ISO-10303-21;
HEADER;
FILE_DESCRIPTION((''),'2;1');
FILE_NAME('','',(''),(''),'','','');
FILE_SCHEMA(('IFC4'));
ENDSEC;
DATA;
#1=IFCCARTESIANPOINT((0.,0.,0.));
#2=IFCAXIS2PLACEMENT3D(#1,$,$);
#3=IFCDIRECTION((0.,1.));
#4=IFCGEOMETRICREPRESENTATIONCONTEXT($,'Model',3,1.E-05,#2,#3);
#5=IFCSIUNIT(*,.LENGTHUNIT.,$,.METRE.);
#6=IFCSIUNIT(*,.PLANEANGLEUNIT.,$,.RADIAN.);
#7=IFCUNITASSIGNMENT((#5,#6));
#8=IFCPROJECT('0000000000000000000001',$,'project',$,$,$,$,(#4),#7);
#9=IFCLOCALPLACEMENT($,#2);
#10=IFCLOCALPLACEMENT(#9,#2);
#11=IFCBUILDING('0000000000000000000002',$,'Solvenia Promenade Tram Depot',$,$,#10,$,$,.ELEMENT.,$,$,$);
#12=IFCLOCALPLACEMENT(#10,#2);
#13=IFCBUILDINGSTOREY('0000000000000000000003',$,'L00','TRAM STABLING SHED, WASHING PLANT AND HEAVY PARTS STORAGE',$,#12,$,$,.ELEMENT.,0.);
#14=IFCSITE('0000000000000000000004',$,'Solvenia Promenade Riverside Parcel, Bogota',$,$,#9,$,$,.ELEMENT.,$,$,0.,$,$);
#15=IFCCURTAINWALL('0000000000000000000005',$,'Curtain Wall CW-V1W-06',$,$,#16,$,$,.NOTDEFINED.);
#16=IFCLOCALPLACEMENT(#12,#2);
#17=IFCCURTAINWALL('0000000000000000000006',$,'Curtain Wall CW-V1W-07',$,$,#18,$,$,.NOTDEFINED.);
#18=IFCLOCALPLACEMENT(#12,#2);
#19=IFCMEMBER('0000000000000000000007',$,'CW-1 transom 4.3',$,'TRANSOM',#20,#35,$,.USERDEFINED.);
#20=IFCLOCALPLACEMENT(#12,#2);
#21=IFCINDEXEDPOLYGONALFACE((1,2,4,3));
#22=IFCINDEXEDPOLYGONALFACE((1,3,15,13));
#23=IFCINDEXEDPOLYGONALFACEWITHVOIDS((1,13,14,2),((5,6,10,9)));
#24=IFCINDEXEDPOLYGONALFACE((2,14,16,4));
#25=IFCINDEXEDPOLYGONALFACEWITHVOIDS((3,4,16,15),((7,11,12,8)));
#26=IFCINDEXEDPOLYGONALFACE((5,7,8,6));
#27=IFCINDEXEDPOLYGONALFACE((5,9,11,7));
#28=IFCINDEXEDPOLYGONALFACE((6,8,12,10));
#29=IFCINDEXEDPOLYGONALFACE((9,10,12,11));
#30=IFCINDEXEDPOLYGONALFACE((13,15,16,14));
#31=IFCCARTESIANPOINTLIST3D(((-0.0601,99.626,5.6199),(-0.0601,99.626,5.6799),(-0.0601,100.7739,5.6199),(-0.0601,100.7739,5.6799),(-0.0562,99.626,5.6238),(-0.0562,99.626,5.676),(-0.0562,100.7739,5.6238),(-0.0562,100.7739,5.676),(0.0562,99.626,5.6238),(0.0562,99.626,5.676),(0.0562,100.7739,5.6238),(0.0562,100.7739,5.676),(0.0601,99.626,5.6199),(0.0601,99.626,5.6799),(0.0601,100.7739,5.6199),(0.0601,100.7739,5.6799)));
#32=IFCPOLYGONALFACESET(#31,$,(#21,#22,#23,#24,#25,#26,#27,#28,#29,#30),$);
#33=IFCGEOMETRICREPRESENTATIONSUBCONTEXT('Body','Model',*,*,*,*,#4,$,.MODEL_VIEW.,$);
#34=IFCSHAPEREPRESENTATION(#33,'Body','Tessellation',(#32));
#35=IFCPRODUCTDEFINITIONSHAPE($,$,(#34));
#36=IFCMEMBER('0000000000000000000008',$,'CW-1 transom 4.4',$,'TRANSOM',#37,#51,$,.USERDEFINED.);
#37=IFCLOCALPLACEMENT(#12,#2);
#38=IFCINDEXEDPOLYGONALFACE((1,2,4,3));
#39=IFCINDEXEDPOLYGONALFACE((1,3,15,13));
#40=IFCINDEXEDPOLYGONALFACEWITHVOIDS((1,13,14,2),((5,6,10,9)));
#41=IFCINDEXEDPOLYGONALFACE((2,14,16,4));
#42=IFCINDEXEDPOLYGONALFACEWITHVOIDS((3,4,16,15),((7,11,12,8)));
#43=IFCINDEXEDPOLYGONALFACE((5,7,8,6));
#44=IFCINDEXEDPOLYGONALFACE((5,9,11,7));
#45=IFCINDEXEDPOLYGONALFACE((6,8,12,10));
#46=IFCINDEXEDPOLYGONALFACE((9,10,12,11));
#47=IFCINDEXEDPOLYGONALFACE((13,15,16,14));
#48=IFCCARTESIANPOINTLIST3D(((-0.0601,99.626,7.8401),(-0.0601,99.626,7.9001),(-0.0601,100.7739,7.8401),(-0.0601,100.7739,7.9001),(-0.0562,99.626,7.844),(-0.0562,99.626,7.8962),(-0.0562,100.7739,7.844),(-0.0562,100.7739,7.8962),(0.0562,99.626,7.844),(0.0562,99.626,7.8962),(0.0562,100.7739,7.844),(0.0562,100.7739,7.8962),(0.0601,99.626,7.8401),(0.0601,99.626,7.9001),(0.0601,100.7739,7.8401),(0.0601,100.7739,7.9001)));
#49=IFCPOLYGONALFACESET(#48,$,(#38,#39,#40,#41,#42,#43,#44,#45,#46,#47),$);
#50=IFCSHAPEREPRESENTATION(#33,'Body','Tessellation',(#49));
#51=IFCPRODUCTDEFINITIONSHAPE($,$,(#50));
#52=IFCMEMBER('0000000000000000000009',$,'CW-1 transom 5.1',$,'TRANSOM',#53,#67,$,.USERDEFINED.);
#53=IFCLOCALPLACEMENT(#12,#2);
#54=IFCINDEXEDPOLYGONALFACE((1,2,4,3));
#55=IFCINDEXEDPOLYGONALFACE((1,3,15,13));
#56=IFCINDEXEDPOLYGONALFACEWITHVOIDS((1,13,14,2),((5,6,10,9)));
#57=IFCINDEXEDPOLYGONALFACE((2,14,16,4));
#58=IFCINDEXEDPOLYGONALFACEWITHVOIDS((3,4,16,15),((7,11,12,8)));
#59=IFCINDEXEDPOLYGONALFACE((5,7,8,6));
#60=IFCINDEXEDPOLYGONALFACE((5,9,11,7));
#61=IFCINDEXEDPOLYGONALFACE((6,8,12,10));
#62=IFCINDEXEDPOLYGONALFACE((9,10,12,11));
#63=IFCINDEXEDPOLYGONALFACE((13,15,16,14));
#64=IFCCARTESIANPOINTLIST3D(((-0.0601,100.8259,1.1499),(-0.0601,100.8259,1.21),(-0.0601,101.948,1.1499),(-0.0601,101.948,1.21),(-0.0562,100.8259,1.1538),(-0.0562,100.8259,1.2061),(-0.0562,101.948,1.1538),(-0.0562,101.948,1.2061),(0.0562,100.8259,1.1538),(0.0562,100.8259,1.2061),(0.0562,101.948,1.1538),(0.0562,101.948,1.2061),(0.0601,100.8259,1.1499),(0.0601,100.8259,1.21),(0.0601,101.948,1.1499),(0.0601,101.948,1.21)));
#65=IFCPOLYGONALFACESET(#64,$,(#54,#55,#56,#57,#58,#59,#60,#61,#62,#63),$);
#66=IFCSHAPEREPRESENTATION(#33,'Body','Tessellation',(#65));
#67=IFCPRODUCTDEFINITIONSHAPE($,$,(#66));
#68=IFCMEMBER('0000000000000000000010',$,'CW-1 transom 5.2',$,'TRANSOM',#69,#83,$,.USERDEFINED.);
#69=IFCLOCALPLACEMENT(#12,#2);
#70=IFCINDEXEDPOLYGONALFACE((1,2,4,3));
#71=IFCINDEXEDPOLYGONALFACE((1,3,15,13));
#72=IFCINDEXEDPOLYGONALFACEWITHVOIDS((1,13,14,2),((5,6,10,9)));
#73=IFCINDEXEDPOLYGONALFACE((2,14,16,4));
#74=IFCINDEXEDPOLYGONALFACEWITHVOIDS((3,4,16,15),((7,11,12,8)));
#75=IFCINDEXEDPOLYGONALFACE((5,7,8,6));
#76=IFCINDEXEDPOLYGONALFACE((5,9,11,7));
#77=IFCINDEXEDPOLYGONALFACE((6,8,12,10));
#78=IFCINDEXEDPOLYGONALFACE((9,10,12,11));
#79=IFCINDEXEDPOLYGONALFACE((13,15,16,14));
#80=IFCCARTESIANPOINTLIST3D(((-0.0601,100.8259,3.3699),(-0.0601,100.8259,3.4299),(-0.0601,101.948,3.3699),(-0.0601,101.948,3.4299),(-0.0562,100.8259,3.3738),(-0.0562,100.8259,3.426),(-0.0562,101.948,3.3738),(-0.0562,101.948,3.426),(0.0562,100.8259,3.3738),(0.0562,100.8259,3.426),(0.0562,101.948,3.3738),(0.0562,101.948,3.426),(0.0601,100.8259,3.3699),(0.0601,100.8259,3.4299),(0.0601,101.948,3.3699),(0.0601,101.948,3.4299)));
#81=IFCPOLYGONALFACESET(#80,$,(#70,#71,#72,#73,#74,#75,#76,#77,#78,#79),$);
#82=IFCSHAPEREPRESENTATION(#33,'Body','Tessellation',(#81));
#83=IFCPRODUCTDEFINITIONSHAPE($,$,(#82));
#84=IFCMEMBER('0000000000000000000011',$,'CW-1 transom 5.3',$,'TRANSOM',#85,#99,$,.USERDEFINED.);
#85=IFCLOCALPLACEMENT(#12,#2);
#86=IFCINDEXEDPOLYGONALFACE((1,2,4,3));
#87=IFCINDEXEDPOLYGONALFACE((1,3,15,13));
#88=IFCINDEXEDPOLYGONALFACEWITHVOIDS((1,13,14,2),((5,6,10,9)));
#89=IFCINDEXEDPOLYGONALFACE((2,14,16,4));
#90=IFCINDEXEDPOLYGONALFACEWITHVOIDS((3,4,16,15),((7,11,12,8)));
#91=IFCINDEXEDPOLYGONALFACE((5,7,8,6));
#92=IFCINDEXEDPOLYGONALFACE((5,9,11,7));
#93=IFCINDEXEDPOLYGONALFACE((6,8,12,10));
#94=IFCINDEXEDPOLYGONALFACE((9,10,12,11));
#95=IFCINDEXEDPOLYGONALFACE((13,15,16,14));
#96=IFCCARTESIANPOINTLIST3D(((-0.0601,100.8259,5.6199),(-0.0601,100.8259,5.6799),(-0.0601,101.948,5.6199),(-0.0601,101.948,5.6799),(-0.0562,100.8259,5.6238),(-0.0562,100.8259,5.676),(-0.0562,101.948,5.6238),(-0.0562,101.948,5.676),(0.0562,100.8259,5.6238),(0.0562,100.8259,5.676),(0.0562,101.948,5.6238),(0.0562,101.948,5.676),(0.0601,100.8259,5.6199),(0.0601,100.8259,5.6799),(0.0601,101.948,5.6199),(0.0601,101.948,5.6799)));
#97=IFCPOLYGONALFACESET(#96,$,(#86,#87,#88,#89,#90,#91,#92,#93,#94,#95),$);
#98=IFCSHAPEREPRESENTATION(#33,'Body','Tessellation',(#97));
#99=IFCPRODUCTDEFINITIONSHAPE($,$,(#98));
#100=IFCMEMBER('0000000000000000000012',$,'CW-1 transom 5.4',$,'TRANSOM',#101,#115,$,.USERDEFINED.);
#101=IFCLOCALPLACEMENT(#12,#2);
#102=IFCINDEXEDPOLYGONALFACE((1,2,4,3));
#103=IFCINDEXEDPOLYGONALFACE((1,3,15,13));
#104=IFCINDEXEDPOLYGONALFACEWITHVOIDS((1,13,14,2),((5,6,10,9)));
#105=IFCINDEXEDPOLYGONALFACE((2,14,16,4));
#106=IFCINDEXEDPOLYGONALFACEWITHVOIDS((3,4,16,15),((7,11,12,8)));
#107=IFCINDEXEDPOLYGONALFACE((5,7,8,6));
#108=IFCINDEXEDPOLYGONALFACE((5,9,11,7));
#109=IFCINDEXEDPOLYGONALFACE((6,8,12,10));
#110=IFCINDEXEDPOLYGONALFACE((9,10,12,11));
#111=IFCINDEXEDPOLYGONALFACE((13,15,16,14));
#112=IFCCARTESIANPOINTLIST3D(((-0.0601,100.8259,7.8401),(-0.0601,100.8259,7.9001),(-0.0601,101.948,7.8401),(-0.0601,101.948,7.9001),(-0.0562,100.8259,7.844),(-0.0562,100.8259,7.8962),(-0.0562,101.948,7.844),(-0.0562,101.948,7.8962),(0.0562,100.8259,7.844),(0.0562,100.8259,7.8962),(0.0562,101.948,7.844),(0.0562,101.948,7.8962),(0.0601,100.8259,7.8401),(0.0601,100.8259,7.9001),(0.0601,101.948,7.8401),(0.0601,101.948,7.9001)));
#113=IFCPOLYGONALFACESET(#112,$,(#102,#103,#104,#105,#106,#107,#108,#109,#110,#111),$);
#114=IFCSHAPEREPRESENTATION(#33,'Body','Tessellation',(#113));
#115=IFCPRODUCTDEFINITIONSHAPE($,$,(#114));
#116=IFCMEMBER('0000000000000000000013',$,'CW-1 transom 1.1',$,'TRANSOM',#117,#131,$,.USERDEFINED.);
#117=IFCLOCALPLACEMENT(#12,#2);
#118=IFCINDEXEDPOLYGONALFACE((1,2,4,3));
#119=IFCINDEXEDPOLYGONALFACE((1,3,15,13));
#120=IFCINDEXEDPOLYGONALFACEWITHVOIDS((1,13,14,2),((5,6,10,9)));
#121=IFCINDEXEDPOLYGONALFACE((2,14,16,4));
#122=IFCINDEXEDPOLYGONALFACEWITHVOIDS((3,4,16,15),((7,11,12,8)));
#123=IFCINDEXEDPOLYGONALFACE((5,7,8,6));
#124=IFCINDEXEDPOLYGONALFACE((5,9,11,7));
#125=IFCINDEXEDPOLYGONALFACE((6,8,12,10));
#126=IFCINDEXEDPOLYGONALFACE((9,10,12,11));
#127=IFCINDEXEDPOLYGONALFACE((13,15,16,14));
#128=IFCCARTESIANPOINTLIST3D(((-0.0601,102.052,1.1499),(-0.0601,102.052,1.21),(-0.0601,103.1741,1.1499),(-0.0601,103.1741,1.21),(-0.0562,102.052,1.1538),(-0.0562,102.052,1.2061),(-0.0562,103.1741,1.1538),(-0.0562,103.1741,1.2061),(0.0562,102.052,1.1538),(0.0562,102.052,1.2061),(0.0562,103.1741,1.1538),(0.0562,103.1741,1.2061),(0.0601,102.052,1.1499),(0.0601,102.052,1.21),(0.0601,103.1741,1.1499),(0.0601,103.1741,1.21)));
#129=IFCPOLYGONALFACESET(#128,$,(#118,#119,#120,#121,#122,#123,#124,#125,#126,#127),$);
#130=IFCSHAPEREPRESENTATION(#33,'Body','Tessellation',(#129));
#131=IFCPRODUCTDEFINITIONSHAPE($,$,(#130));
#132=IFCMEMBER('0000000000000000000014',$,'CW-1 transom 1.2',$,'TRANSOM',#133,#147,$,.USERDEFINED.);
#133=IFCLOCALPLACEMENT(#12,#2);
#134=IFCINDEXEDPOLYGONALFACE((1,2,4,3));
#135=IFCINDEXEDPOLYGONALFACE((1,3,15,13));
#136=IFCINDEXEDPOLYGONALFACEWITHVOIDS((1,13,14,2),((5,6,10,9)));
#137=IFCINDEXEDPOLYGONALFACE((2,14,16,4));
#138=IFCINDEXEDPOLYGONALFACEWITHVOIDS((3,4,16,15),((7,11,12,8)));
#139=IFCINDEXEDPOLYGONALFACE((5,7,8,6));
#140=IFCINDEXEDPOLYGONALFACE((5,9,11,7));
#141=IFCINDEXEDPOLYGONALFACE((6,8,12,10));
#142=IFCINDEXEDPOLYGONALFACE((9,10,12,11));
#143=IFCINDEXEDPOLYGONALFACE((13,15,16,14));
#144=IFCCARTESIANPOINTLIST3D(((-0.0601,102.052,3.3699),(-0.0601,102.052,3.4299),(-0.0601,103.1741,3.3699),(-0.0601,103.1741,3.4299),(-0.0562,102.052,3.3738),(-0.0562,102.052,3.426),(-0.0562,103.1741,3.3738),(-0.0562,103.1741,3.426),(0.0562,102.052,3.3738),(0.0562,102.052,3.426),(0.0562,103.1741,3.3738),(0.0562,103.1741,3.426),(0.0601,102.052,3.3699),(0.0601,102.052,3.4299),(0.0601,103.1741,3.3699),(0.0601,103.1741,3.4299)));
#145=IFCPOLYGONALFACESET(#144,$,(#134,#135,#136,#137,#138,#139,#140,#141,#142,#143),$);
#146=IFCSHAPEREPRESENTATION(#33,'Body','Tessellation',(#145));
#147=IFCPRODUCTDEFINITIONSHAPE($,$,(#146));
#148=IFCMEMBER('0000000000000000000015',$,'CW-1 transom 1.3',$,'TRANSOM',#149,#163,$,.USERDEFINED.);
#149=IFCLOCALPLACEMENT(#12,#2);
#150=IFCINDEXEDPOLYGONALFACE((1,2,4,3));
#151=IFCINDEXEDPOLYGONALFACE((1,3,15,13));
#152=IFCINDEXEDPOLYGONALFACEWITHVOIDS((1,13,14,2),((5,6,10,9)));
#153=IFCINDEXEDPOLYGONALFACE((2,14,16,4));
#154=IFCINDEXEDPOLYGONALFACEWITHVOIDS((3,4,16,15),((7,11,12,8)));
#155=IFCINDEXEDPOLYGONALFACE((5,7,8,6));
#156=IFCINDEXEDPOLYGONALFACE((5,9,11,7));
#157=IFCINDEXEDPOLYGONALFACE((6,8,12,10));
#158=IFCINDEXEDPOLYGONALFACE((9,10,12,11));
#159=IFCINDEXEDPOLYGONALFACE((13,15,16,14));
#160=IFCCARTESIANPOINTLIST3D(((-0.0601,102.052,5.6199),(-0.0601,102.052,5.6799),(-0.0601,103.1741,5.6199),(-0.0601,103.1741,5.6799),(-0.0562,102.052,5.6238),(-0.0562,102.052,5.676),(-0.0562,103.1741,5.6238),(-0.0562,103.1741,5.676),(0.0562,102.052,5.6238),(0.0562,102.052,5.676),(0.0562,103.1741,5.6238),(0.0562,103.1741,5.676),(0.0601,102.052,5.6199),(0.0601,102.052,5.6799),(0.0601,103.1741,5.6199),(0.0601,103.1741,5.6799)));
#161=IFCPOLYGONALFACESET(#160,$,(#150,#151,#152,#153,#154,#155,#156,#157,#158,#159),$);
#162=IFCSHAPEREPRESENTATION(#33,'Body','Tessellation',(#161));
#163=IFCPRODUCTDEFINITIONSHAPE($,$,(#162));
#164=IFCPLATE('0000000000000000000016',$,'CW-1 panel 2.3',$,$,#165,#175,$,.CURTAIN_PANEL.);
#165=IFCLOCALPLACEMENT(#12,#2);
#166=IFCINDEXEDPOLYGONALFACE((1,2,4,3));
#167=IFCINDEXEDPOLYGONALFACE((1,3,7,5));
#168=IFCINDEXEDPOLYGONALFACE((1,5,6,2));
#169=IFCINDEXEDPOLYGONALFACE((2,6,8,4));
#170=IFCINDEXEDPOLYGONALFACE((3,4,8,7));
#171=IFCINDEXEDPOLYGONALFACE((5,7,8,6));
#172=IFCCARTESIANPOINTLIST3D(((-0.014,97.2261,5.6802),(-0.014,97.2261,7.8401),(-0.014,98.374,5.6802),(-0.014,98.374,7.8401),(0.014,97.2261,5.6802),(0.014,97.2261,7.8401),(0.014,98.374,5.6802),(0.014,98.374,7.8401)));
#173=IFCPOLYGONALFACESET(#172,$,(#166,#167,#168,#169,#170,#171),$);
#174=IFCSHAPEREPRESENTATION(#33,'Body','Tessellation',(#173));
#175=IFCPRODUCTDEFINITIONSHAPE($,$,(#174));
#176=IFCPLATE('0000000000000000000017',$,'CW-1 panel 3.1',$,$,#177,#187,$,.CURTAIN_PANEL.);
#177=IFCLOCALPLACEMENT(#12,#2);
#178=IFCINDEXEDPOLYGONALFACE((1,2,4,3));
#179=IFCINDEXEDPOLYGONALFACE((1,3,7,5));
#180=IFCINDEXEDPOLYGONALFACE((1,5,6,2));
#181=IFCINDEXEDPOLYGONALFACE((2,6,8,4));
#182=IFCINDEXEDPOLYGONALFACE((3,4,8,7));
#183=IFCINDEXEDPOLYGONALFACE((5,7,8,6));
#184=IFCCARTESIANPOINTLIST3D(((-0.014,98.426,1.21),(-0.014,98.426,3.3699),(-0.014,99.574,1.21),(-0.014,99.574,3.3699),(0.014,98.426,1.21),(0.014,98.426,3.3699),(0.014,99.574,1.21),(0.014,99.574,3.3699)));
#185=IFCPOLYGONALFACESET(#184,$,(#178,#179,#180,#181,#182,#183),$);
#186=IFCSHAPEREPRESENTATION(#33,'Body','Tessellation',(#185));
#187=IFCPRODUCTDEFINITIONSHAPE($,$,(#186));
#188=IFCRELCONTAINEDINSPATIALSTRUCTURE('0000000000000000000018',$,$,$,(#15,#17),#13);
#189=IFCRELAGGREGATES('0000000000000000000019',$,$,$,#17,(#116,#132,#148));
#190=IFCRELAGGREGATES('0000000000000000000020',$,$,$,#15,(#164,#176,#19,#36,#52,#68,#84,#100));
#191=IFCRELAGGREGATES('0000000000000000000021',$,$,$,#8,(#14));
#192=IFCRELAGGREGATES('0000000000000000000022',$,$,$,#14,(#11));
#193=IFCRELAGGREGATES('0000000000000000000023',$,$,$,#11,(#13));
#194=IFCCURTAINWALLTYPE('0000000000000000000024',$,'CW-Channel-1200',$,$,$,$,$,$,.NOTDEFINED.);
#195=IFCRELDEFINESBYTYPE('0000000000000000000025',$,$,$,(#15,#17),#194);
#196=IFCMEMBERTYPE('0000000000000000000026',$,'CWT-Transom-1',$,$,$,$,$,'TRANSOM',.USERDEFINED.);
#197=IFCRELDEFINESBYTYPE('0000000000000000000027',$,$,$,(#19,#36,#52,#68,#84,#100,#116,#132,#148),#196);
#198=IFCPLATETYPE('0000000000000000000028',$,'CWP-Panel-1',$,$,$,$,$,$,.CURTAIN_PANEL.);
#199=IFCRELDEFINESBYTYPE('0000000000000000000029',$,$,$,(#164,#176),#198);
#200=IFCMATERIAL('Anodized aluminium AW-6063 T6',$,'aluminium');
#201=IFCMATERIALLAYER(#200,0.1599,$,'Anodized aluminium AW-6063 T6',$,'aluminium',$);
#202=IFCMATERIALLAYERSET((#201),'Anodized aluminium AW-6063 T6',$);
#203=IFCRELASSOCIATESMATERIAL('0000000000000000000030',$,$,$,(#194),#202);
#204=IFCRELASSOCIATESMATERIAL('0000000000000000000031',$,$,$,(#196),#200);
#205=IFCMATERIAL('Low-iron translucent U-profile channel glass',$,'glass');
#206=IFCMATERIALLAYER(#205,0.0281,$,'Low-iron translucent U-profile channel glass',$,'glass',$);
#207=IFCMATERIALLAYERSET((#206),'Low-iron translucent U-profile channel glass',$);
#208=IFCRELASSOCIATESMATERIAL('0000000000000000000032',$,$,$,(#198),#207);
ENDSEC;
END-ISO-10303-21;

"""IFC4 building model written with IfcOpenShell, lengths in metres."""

from ifc_helpers import new_model, si_unit, direction, frame, origin, origin_2d, place, context, subcontext, project, spatial, rectangle, hollow_rectangle, extrude, material, layer, layer_set, material_profile, profile_set, type_object, element, aggregate, save


model = new_model("IFC4")

# Units and contexts
model_context = context("Model", 3, precision=1e-05, world=origin(), true_north=direction((0.0, 1.0)))
body_context = subcontext(model_context, "Body", "Model", "MODEL_VIEW")
ifc_project = project(units=[si_unit("LENGTHUNIT", "METRE"), si_unit("PLANEANGLEUNIT", "RADIAN")], contexts=[model_context])

# Site, building, storey
site_placement = place(None, origin())
site = spatial("IfcSite", under=ifc_project, at=site_placement, Name="Solvenia Promenade Riverside Parcel, Bogota", CompositionType="ELEMENT", RefElevation=0.0)
building_placement = place(site_placement, origin())
building = spatial("IfcBuilding", under=site, at=building_placement, Name="Solvenia Promenade Tram Depot", CompositionType="ELEMENT")
storey_placement = place(building_placement, origin())
storey = spatial("IfcBuildingStorey", under=building, at=storey_placement, Name="L00", Description="TRAM STABLING SHED, WASHING PLANT AND HEAVY PARTS STORAGE", CompositionType="ELEMENT", Elevation=0.0)

# Curtain wall
ifc_material_1 = material(Name="Anodized aluminium AW-6063 T6", Category="aluminium")
ifc_layer_1 = layer(ifc_material_1, 0.1599, Name="Anodized aluminium AW-6063 T6", Category="aluminium")
ifc_layer_set_1 = layer_set([ifc_layer_1], Name="Anodized aluminium AW-6063 T6")
curtain_wall_type = type_object("IfcCurtainWallType", Name="CW-Channel-1200", PredefinedType="NOTDEFINED", material=ifc_layer_set_1)
curtain_wall_1_placement = place(storey_placement, origin())
curtain_wall_1 = element("IfcCurtainWall", 1, at=curtain_wall_1_placement, inside=storey, type_object=curtain_wall_type, Name="Curtain Wall CW-V1W-06", PredefinedType="NOTDEFINED")

# Curtain wall
curtain_wall_2_placement = place(storey_placement, origin())
curtain_wall_2 = element("IfcCurtainWall", 2, at=curtain_wall_2_placement, inside=storey, type_object=curtain_wall_type, Name="Curtain Wall CW-V1W-07", PredefinedType="NOTDEFINED")

# Members
ifc_material_profile_1 = material_profile(ifc_material_1, hollow_rectangle(XDim=0.1201, YDim=0.0601, WallThickness=0.0039, at=origin_2d()), Name="ALU-T1", Category="aluminium")
ifc_profile_set_1 = profile_set([ifc_material_profile_1], Name="Anodized aluminium AW-6063 T6")
member_type_1 = type_object("IfcMemberType", Name="CWT-Transom-1", ElementType="TRANSOM", PredefinedType="USERDEFINED", material=ifc_profile_set_1)
member_1_placement = place(storey_placement, frame((0.0, 99.626, 5.6499), z_axis=(0.0, 1.0, 0.0), x_axis=(-1.0, 0.0, 0.0)))
member_1 = element("IfcMember", 3, at=member_1_placement, type_object=member_type_1, Name="CW-1 transom 4.3", ObjectType="TRANSOM", PredefinedType="USERDEFINED", context=body_context, shape_type="SweptSolid", body=[
    extrude(hollow_rectangle(XDim=0.1201, YDim=0.0601, WallThickness=0.0039, at=origin_2d()), origin(), (0.0, 0.0, 1.0), 1.1479),
])
member_2_placement = place(storey_placement, frame((0.0, 99.626, 7.8701), z_axis=(0.0, 1.0, 0.0), x_axis=(-1.0, 0.0, 0.0)))
member_2 = element("IfcMember", 4, at=member_2_placement, type_object=member_type_1, Name="CW-1 transom 4.4", ObjectType="TRANSOM", PredefinedType="USERDEFINED", context=body_context, shape_type="SweptSolid", body=[
    extrude(hollow_rectangle(XDim=0.1201, YDim=0.0601, WallThickness=0.0039, at=origin_2d()), origin(), (0.0, 0.0, 1.0), 1.1479),
])
member_3_placement = place(storey_placement, frame((0.0, 100.8259, 1.1799), z_axis=(0.0, 1.0, 0.0), x_axis=(-1.0, 0.0, 0.0)))
member_3 = element("IfcMember", 5, at=member_3_placement, type_object=member_type_1, Name="CW-1 transom 5.1", ObjectType="TRANSOM", PredefinedType="USERDEFINED", context=body_context, shape_type="SweptSolid", body=[
    extrude(hollow_rectangle(XDim=0.1201, YDim=0.0601, WallThickness=0.0039, at=origin_2d()), origin(), (0.0, 0.0, 1.0), 1.1221),
])
member_4_placement = place(storey_placement, frame((0.0, 100.8259, 3.3999), z_axis=(0.0, 1.0, 0.0), x_axis=(-1.0, 0.0, 0.0)))
member_4 = element("IfcMember", 6, at=member_4_placement, type_object=member_type_1, Name="CW-1 transom 5.2", ObjectType="TRANSOM", PredefinedType="USERDEFINED", context=body_context, shape_type="SweptSolid", body=[
    extrude(hollow_rectangle(XDim=0.1201, YDim=0.0601, WallThickness=0.0039, at=origin_2d()), origin(), (0.0, 0.0, 1.0), 1.1221),
])
member_5_placement = place(storey_placement, frame((0.0, 100.8259, 5.6499), z_axis=(0.0, 1.0, 0.0), x_axis=(-1.0, 0.0, 0.0)))
member_5 = element("IfcMember", 7, at=member_5_placement, type_object=member_type_1, Name="CW-1 transom 5.3", ObjectType="TRANSOM", PredefinedType="USERDEFINED", context=body_context, shape_type="SweptSolid", body=[
    extrude(hollow_rectangle(XDim=0.1201, YDim=0.0601, WallThickness=0.0039, at=origin_2d()), origin(), (0.0, 0.0, 1.0), 1.1221),
])
member_6_placement = place(storey_placement, frame((0.0, 100.8259, 7.8701), z_axis=(0.0, 1.0, 0.0), x_axis=(-1.0, 0.0, 0.0)))
member_6 = element("IfcMember", 8, at=member_6_placement, type_object=member_type_1, Name="CW-1 transom 5.4", ObjectType="TRANSOM", PredefinedType="USERDEFINED", context=body_context, shape_type="SweptSolid", body=[
    extrude(hollow_rectangle(XDim=0.1201, YDim=0.0601, WallThickness=0.0039, at=origin_2d()), origin(), (0.0, 0.0, 1.0), 1.1221),
])
member_7_placement = place(storey_placement, frame((0.0, 102.052, 1.1799), z_axis=(0.0, 1.0, 0.0), x_axis=(-1.0, 0.0, 0.0)))
member_7 = element("IfcMember", 9, at=member_7_placement, type_object=member_type_1, Name="CW-1 transom 1.1", ObjectType="TRANSOM", PredefinedType="USERDEFINED", context=body_context, shape_type="SweptSolid", body=[
    extrude(hollow_rectangle(XDim=0.1201, YDim=0.0601, WallThickness=0.0039, at=origin_2d()), origin(), (0.0, 0.0, 1.0), 1.1221),
])
member_8_placement = place(storey_placement, frame((0.0, 102.052, 3.3999), z_axis=(0.0, 1.0, 0.0), x_axis=(-1.0, 0.0, 0.0)))
member_8 = element("IfcMember", 10, at=member_8_placement, type_object=member_type_1, Name="CW-1 transom 1.2", ObjectType="TRANSOM", PredefinedType="USERDEFINED", context=body_context, shape_type="SweptSolid", body=[
    extrude(hollow_rectangle(XDim=0.1201, YDim=0.0601, WallThickness=0.0039, at=origin_2d()), origin(), (0.0, 0.0, 1.0), 1.1221),
])
member_9_placement = place(storey_placement, frame((0.0, 102.052, 5.6499), z_axis=(0.0, 1.0, 0.0), x_axis=(-1.0, 0.0, 0.0)))
member_9 = element("IfcMember", 11, at=member_9_placement, type_object=member_type_1, Name="CW-1 transom 1.3", ObjectType="TRANSOM", PredefinedType="USERDEFINED", context=body_context, shape_type="SweptSolid", body=[
    extrude(hollow_rectangle(XDim=0.1201, YDim=0.0601, WallThickness=0.0039, at=origin_2d()), origin(), (0.0, 0.0, 1.0), 1.1221),
])
aggregate(curtain_wall_2, [member_7, member_8, member_9])

# Plates
ifc_material_2 = material(Name="Low-iron translucent U-profile channel glass", Category="glass")
ifc_layer_2 = layer(ifc_material_2, 0.0281, Name="Low-iron translucent U-profile channel glass", Category="glass")
ifc_layer_set_2 = layer_set([ifc_layer_2], Name="Low-iron translucent U-profile channel glass")
plate_type = type_object("IfcPlateType", Name="CWP-Panel-1", PredefinedType="CURTAIN_PANEL", material=ifc_layer_set_2)
plate_1_placement = place(storey_placement, frame((0.0, 97.8, 5.6802), z_axis=(0.0, 0.0, 1.0), x_axis=(0.0, 1.0, 0.0)))
plate_1 = element("IfcPlate", 12, at=plate_1_placement, type_object=plate_type, Name="CW-1 panel 2.3", PredefinedType="CURTAIN_PANEL", context=body_context, shape_type="SweptSolid", body=[
    extrude(rectangle(XDim=1.1479, YDim=0.0281, at=origin_2d()), origin(), (0.0, 0.0, 1.0), 2.1599),
])
plate_2_placement = place(storey_placement, frame((0.0, 99.0, 1.21), z_axis=(0.0, 0.0, 1.0), x_axis=(0.0, 1.0, 0.0)))
plate_2 = element("IfcPlate", 13, at=plate_2_placement, type_object=plate_type, Name="CW-1 panel 3.1", PredefinedType="CURTAIN_PANEL", context=body_context, shape_type="SweptSolid", body=[
    extrude(rectangle(XDim=1.1479, YDim=0.0281, at=origin_2d()), origin(), (0.0, 0.0, 1.0), 2.1599),
])
aggregate(curtain_wall_1, [plate_1, plate_2, member_1, member_2, member_3, member_4, member_5, member_6])

save(model, "model.ifc")
